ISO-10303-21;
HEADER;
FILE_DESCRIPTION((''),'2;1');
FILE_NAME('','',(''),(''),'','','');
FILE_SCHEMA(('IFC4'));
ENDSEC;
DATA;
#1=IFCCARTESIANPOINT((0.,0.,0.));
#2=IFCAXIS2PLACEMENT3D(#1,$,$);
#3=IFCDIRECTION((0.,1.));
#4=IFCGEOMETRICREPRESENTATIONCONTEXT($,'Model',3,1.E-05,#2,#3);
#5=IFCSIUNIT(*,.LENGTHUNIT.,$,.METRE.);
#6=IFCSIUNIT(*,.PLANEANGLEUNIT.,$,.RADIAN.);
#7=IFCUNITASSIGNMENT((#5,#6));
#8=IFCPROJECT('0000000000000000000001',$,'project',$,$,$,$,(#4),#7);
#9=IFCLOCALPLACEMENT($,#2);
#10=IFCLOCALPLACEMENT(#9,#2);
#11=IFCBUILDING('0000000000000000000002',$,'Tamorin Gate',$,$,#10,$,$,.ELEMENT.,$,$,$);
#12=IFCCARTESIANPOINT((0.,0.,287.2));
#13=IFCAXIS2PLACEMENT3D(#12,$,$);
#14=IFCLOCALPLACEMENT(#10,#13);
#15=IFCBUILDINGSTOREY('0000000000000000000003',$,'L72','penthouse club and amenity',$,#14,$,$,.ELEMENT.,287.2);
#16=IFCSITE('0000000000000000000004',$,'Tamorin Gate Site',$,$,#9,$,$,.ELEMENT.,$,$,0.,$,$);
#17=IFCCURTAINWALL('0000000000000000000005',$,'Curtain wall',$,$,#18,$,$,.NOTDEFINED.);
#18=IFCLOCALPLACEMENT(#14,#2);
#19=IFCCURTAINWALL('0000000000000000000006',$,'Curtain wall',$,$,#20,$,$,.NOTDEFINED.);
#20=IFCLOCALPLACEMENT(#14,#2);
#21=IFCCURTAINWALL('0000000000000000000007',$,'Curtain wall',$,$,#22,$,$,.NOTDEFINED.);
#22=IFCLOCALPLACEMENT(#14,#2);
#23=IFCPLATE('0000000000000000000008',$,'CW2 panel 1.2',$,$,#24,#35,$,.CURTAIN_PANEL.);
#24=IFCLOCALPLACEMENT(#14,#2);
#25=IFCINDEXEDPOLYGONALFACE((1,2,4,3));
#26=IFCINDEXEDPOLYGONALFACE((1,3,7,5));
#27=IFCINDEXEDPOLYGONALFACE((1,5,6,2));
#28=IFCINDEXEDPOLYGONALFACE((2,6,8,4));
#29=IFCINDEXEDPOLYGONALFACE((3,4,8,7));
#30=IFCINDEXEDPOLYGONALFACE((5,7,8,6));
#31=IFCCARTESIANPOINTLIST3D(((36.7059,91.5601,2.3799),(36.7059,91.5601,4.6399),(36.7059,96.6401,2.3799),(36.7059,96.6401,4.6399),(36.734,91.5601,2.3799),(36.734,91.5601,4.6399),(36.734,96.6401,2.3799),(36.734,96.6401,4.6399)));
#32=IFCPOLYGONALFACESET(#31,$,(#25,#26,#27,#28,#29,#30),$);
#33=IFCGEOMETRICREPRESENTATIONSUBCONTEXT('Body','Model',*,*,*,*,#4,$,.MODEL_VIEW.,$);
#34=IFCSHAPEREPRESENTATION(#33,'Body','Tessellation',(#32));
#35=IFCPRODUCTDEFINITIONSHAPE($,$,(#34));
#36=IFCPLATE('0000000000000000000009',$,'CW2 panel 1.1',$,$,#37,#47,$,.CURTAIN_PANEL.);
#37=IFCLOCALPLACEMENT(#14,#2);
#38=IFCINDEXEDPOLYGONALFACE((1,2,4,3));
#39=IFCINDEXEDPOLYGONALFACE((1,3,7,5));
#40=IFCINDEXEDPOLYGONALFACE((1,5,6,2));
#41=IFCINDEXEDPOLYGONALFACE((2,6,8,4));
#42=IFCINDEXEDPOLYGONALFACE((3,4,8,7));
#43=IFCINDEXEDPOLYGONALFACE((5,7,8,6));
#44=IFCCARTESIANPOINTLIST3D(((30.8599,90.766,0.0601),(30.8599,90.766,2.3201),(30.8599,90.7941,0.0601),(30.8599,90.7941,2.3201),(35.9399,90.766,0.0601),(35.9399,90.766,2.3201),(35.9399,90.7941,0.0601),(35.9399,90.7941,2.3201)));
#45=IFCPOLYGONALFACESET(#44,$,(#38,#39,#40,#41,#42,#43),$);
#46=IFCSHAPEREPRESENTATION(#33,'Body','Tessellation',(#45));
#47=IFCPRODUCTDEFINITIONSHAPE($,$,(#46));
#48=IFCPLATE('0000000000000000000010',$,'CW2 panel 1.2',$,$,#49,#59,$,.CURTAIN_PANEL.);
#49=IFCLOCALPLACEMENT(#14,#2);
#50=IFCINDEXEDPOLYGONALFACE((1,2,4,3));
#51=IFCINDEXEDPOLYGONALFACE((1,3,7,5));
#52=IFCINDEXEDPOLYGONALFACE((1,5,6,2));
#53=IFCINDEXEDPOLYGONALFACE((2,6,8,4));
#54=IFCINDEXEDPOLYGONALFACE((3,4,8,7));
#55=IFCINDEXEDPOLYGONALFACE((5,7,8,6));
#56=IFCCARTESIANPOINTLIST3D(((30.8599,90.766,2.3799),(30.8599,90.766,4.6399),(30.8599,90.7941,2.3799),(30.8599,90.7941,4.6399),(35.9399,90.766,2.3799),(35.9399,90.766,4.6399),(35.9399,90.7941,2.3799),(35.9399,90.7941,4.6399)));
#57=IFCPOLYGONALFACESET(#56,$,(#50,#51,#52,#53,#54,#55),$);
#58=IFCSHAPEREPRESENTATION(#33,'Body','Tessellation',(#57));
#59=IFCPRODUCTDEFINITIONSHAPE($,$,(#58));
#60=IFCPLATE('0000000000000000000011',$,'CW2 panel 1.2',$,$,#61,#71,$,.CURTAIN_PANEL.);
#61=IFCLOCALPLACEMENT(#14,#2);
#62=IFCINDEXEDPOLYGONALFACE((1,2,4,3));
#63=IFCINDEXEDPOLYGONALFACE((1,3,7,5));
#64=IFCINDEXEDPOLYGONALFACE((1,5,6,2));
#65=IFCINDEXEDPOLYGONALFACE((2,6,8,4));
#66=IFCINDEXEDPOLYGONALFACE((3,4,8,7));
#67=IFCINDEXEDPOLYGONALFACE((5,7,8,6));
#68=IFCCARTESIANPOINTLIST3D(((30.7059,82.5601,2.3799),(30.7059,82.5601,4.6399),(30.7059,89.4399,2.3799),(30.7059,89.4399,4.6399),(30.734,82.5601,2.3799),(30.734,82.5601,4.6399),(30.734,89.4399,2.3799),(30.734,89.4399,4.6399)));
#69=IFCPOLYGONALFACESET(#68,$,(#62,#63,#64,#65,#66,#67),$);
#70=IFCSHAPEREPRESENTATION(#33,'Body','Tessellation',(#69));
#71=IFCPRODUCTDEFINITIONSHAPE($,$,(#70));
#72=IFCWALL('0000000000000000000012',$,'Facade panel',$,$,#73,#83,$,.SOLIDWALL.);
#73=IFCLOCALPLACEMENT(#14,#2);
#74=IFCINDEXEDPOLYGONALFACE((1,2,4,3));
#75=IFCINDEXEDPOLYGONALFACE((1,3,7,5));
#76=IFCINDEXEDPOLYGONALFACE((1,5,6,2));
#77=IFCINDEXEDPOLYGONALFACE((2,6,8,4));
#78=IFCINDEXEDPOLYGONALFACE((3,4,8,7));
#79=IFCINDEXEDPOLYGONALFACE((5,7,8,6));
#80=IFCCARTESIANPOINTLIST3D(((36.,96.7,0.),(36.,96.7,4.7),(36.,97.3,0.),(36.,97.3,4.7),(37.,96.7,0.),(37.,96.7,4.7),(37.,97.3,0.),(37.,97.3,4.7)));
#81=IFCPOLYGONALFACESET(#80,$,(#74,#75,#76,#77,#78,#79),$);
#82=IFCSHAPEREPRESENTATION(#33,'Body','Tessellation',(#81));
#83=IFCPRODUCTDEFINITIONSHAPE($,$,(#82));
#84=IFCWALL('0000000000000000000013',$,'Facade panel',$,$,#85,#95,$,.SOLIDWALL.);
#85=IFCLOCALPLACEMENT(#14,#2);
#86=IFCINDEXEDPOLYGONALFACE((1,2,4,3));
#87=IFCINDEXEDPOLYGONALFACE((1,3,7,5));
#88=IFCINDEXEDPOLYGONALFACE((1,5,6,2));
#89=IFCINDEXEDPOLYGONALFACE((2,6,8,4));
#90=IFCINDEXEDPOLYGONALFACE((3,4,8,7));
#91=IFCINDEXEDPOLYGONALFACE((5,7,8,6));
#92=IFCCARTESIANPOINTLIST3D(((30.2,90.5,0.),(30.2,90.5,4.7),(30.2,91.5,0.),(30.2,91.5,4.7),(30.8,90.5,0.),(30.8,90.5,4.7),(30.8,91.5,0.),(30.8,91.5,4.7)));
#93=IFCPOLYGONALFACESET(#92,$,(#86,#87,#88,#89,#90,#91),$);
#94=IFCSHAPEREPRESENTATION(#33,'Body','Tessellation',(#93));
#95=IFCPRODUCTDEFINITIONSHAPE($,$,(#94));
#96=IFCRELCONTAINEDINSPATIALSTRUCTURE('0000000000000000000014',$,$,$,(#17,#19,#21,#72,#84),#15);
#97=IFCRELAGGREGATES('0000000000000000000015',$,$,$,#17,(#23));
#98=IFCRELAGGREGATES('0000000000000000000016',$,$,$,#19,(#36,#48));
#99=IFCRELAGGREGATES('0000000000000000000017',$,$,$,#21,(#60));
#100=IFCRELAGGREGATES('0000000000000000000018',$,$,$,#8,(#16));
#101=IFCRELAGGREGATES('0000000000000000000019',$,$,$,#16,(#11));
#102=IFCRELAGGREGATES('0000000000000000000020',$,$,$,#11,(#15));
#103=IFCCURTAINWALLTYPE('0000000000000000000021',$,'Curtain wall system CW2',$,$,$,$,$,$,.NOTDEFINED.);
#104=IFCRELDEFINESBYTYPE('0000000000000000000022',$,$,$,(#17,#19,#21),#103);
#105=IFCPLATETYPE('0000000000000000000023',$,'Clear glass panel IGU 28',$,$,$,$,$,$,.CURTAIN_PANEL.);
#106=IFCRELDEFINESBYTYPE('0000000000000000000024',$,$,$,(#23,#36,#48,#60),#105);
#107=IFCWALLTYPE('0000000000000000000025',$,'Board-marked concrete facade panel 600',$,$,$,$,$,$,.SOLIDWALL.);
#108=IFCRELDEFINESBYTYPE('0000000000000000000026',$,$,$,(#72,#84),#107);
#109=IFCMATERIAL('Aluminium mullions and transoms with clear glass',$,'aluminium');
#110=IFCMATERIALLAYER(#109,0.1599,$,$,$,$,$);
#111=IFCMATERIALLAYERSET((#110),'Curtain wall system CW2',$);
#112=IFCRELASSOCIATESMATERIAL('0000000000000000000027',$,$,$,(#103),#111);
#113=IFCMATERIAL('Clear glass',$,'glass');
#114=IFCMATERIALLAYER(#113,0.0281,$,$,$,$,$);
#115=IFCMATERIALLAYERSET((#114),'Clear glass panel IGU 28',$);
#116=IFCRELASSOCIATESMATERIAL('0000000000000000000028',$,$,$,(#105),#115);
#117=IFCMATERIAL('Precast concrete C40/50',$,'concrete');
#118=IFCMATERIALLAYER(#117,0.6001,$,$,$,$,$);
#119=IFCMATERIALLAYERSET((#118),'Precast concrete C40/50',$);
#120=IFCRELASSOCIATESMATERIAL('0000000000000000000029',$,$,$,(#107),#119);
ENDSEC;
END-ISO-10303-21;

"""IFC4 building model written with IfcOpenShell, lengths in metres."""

from ifc_helpers import new_model, si_unit, direction, frame, frame_2d, origin, origin_2d, place, context, subcontext, project, spatial, rectangle, extrude, material, layer, layer_set, type_object, element, aggregate, save


model = new_model("IFC4")

# Units and contexts
model_context = context("Model", 3, precision=1e-05, world=origin(), true_north=direction((0.0, 1.0)))
body_context = subcontext(model_context, "Body", "Model", "MODEL_VIEW")
ifc_project = project(units=[si_unit("LENGTHUNIT", "METRE"), si_unit("PLANEANGLEUNIT", "RADIAN")], contexts=[model_context])

# Site, building, storey
site_placement = place(None, origin())
site = spatial("IfcSite", under=ifc_project, at=site_placement, Name="Tamorin Gate Site", CompositionType="ELEMENT", RefElevation=0.0)
building_placement = place(site_placement, origin())
building = spatial("IfcBuilding", under=site, at=building_placement, Name="Tamorin Gate", CompositionType="ELEMENT")
storey_placement = place(building_placement, frame((0.0, 0.0, 287.2)))
storey = spatial("IfcBuildingStorey", under=building, at=storey_placement, Name="L72", Description="penthouse club and amenity", CompositionType="ELEMENT", Elevation=287.2)

# Shared definitions
ifc_material_1 = material(Name="Aluminium mullions and transoms with clear glass", Category="aluminium")
ifc_layer_1 = layer(ifc_material_1, 0.1599)
ifc_layer_set_1 = layer_set([ifc_layer_1], Name="Curtain wall system CW2")
curtain_wall_type = type_object("IfcCurtainWallType", Name="Curtain wall system CW2", PredefinedType="NOTDEFINED", material=ifc_layer_set_1)

# Curtain walls
curtain_wall_1_placement = place(storey_placement, origin())
curtain_wall_1 = element("IfcCurtainWall", 1, at=curtain_wall_1_placement, inside=storey, type_object=curtain_wall_type, Name="Curtain wall", PredefinedType="NOTDEFINED")
curtain_wall_2_placement = place(storey_placement, origin())
curtain_wall_2 = element("IfcCurtainWall", 2, at=curtain_wall_2_placement, inside=storey, type_object=curtain_wall_type, Name="Curtain wall", PredefinedType="NOTDEFINED")

# Curtain wall
curtain_wall_3_placement = place(storey_placement, origin())
curtain_wall_3 = element("IfcCurtainWall", 3, at=curtain_wall_3_placement, inside=storey, type_object=curtain_wall_type, Name="Curtain wall", PredefinedType="NOTDEFINED")

# Plates
ifc_material_2 = material(Name="Clear glass", Category="glass")
ifc_layer_2 = layer(ifc_material_2, 0.0281)
ifc_layer_set_2 = layer_set([ifc_layer_2], Name="Clear glass panel IGU 28")
plate_type = type_object("IfcPlateType", Name="Clear glass panel IGU 28", PredefinedType="CURTAIN_PANEL", material=ifc_layer_set_2)
plate_1_placement = place(storey_placement, frame((36.72, 94.1001, 2.3799), z_axis=(0.0, 0.0, 1.0), x_axis=(0.0, -1.0, 0.0)))
plate_1 = element("IfcPlate", 4, at=plate_1_placement, type_object=plate_type, Name="CW2 panel 1.2", PredefinedType="CURTAIN_PANEL", context=body_context, shape_type="SweptSolid", body=[
    extrude(rectangle(XDim=5.0801, YDim=0.0281, at=origin_2d()), origin(), (0.0, 0.0, 1.0), 2.26),
])
aggregate(curtain_wall_1, [plate_1])
plate_2_placement = place(storey_placement, frame((33.3999, 90.78, 0.0601), z_axis=(0.0, 0.0, 1.0), x_axis=(-1.0, 0.0, 0.0)))
plate_2 = element("IfcPlate", 5, at=plate_2_placement, type_object=plate_type, Name="CW2 panel 1.1", PredefinedType="CURTAIN_PANEL", context=body_context, shape_type="SweptSolid", body=[
    extrude(rectangle(XDim=5.0801, YDim=0.0281, at=origin_2d()), origin(), (0.0, 0.0, 1.0), 2.26),
])
plate_3_placement = place(storey_placement, frame((33.3999, 90.78, 2.3799), z_axis=(0.0, 0.0, 1.0), x_axis=(-1.0, 0.0, 0.0)))
plate_3 = element("IfcPlate", 6, at=plate_3_placement, type_object=plate_type, Name="CW2 panel 1.2", PredefinedType="CURTAIN_PANEL", context=body_context, shape_type="SweptSolid", body=[
    extrude(rectangle(XDim=5.0801, YDim=0.0281, at=origin_2d()), origin(), (0.0, 0.0, 1.0), 2.26),
])
aggregate(curtain_wall_2, [plate_2, plate_3])
plate_4_placement = place(storey_placement, frame((30.72, 86.0, 2.3799), z_axis=(0.0, 0.0, 1.0), x_axis=(0.0, -1.0, 0.0)))
plate_4 = element("IfcPlate", 7, at=plate_4_placement, type_object=plate_type, Name="CW2 panel 1.2", PredefinedType="CURTAIN_PANEL", context=body_context, shape_type="SweptSolid", body=[
    extrude(rectangle(XDim=6.8799, YDim=0.0281, at=origin_2d()), origin(), (0.0, 0.0, 1.0), 2.26),
])
aggregate(curtain_wall_3, [plate_4])

# Walls
ifc_material_3 = material(Name="Precast concrete C40/50", Category="concrete")
ifc_layer_3 = layer(ifc_material_3, 0.6001)
ifc_layer_set_3 = layer_set([ifc_layer_3], Name="Precast concrete C40/50")
wall_type = type_object("IfcWallType", Name="Board-marked concrete facade panel 600", PredefinedType="SOLIDWALL", material=ifc_layer_set_3)
for number, where, z_axis, x_axis, name in (
    (8, (37.0, 97.0, 0.0), (0.0, 0.0, 1.0), (-1.0, 0.0, 0.0), "Facade panel"),
    (9, (30.5, 91.5, 0.0), (0.0, 0.0, 1.0), (0.0, -1.0, 0.0), "Facade panel"),
):
    element("IfcWall", number, at=place(storey_placement, frame(where, z_axis=z_axis, x_axis=x_axis)), inside=storey, type_object=wall_type, Name=name, PredefinedType="SOLIDWALL", context=body_context, shape_type="SweptSolid", body=[
        extrude(rectangle(XDim=1.0, YDim=0.6001, at=frame_2d((0.5, 0.0))), origin(), (0.0, 0.0, 1.0), 4.7),
    ])

save(model, "model.ifc")
